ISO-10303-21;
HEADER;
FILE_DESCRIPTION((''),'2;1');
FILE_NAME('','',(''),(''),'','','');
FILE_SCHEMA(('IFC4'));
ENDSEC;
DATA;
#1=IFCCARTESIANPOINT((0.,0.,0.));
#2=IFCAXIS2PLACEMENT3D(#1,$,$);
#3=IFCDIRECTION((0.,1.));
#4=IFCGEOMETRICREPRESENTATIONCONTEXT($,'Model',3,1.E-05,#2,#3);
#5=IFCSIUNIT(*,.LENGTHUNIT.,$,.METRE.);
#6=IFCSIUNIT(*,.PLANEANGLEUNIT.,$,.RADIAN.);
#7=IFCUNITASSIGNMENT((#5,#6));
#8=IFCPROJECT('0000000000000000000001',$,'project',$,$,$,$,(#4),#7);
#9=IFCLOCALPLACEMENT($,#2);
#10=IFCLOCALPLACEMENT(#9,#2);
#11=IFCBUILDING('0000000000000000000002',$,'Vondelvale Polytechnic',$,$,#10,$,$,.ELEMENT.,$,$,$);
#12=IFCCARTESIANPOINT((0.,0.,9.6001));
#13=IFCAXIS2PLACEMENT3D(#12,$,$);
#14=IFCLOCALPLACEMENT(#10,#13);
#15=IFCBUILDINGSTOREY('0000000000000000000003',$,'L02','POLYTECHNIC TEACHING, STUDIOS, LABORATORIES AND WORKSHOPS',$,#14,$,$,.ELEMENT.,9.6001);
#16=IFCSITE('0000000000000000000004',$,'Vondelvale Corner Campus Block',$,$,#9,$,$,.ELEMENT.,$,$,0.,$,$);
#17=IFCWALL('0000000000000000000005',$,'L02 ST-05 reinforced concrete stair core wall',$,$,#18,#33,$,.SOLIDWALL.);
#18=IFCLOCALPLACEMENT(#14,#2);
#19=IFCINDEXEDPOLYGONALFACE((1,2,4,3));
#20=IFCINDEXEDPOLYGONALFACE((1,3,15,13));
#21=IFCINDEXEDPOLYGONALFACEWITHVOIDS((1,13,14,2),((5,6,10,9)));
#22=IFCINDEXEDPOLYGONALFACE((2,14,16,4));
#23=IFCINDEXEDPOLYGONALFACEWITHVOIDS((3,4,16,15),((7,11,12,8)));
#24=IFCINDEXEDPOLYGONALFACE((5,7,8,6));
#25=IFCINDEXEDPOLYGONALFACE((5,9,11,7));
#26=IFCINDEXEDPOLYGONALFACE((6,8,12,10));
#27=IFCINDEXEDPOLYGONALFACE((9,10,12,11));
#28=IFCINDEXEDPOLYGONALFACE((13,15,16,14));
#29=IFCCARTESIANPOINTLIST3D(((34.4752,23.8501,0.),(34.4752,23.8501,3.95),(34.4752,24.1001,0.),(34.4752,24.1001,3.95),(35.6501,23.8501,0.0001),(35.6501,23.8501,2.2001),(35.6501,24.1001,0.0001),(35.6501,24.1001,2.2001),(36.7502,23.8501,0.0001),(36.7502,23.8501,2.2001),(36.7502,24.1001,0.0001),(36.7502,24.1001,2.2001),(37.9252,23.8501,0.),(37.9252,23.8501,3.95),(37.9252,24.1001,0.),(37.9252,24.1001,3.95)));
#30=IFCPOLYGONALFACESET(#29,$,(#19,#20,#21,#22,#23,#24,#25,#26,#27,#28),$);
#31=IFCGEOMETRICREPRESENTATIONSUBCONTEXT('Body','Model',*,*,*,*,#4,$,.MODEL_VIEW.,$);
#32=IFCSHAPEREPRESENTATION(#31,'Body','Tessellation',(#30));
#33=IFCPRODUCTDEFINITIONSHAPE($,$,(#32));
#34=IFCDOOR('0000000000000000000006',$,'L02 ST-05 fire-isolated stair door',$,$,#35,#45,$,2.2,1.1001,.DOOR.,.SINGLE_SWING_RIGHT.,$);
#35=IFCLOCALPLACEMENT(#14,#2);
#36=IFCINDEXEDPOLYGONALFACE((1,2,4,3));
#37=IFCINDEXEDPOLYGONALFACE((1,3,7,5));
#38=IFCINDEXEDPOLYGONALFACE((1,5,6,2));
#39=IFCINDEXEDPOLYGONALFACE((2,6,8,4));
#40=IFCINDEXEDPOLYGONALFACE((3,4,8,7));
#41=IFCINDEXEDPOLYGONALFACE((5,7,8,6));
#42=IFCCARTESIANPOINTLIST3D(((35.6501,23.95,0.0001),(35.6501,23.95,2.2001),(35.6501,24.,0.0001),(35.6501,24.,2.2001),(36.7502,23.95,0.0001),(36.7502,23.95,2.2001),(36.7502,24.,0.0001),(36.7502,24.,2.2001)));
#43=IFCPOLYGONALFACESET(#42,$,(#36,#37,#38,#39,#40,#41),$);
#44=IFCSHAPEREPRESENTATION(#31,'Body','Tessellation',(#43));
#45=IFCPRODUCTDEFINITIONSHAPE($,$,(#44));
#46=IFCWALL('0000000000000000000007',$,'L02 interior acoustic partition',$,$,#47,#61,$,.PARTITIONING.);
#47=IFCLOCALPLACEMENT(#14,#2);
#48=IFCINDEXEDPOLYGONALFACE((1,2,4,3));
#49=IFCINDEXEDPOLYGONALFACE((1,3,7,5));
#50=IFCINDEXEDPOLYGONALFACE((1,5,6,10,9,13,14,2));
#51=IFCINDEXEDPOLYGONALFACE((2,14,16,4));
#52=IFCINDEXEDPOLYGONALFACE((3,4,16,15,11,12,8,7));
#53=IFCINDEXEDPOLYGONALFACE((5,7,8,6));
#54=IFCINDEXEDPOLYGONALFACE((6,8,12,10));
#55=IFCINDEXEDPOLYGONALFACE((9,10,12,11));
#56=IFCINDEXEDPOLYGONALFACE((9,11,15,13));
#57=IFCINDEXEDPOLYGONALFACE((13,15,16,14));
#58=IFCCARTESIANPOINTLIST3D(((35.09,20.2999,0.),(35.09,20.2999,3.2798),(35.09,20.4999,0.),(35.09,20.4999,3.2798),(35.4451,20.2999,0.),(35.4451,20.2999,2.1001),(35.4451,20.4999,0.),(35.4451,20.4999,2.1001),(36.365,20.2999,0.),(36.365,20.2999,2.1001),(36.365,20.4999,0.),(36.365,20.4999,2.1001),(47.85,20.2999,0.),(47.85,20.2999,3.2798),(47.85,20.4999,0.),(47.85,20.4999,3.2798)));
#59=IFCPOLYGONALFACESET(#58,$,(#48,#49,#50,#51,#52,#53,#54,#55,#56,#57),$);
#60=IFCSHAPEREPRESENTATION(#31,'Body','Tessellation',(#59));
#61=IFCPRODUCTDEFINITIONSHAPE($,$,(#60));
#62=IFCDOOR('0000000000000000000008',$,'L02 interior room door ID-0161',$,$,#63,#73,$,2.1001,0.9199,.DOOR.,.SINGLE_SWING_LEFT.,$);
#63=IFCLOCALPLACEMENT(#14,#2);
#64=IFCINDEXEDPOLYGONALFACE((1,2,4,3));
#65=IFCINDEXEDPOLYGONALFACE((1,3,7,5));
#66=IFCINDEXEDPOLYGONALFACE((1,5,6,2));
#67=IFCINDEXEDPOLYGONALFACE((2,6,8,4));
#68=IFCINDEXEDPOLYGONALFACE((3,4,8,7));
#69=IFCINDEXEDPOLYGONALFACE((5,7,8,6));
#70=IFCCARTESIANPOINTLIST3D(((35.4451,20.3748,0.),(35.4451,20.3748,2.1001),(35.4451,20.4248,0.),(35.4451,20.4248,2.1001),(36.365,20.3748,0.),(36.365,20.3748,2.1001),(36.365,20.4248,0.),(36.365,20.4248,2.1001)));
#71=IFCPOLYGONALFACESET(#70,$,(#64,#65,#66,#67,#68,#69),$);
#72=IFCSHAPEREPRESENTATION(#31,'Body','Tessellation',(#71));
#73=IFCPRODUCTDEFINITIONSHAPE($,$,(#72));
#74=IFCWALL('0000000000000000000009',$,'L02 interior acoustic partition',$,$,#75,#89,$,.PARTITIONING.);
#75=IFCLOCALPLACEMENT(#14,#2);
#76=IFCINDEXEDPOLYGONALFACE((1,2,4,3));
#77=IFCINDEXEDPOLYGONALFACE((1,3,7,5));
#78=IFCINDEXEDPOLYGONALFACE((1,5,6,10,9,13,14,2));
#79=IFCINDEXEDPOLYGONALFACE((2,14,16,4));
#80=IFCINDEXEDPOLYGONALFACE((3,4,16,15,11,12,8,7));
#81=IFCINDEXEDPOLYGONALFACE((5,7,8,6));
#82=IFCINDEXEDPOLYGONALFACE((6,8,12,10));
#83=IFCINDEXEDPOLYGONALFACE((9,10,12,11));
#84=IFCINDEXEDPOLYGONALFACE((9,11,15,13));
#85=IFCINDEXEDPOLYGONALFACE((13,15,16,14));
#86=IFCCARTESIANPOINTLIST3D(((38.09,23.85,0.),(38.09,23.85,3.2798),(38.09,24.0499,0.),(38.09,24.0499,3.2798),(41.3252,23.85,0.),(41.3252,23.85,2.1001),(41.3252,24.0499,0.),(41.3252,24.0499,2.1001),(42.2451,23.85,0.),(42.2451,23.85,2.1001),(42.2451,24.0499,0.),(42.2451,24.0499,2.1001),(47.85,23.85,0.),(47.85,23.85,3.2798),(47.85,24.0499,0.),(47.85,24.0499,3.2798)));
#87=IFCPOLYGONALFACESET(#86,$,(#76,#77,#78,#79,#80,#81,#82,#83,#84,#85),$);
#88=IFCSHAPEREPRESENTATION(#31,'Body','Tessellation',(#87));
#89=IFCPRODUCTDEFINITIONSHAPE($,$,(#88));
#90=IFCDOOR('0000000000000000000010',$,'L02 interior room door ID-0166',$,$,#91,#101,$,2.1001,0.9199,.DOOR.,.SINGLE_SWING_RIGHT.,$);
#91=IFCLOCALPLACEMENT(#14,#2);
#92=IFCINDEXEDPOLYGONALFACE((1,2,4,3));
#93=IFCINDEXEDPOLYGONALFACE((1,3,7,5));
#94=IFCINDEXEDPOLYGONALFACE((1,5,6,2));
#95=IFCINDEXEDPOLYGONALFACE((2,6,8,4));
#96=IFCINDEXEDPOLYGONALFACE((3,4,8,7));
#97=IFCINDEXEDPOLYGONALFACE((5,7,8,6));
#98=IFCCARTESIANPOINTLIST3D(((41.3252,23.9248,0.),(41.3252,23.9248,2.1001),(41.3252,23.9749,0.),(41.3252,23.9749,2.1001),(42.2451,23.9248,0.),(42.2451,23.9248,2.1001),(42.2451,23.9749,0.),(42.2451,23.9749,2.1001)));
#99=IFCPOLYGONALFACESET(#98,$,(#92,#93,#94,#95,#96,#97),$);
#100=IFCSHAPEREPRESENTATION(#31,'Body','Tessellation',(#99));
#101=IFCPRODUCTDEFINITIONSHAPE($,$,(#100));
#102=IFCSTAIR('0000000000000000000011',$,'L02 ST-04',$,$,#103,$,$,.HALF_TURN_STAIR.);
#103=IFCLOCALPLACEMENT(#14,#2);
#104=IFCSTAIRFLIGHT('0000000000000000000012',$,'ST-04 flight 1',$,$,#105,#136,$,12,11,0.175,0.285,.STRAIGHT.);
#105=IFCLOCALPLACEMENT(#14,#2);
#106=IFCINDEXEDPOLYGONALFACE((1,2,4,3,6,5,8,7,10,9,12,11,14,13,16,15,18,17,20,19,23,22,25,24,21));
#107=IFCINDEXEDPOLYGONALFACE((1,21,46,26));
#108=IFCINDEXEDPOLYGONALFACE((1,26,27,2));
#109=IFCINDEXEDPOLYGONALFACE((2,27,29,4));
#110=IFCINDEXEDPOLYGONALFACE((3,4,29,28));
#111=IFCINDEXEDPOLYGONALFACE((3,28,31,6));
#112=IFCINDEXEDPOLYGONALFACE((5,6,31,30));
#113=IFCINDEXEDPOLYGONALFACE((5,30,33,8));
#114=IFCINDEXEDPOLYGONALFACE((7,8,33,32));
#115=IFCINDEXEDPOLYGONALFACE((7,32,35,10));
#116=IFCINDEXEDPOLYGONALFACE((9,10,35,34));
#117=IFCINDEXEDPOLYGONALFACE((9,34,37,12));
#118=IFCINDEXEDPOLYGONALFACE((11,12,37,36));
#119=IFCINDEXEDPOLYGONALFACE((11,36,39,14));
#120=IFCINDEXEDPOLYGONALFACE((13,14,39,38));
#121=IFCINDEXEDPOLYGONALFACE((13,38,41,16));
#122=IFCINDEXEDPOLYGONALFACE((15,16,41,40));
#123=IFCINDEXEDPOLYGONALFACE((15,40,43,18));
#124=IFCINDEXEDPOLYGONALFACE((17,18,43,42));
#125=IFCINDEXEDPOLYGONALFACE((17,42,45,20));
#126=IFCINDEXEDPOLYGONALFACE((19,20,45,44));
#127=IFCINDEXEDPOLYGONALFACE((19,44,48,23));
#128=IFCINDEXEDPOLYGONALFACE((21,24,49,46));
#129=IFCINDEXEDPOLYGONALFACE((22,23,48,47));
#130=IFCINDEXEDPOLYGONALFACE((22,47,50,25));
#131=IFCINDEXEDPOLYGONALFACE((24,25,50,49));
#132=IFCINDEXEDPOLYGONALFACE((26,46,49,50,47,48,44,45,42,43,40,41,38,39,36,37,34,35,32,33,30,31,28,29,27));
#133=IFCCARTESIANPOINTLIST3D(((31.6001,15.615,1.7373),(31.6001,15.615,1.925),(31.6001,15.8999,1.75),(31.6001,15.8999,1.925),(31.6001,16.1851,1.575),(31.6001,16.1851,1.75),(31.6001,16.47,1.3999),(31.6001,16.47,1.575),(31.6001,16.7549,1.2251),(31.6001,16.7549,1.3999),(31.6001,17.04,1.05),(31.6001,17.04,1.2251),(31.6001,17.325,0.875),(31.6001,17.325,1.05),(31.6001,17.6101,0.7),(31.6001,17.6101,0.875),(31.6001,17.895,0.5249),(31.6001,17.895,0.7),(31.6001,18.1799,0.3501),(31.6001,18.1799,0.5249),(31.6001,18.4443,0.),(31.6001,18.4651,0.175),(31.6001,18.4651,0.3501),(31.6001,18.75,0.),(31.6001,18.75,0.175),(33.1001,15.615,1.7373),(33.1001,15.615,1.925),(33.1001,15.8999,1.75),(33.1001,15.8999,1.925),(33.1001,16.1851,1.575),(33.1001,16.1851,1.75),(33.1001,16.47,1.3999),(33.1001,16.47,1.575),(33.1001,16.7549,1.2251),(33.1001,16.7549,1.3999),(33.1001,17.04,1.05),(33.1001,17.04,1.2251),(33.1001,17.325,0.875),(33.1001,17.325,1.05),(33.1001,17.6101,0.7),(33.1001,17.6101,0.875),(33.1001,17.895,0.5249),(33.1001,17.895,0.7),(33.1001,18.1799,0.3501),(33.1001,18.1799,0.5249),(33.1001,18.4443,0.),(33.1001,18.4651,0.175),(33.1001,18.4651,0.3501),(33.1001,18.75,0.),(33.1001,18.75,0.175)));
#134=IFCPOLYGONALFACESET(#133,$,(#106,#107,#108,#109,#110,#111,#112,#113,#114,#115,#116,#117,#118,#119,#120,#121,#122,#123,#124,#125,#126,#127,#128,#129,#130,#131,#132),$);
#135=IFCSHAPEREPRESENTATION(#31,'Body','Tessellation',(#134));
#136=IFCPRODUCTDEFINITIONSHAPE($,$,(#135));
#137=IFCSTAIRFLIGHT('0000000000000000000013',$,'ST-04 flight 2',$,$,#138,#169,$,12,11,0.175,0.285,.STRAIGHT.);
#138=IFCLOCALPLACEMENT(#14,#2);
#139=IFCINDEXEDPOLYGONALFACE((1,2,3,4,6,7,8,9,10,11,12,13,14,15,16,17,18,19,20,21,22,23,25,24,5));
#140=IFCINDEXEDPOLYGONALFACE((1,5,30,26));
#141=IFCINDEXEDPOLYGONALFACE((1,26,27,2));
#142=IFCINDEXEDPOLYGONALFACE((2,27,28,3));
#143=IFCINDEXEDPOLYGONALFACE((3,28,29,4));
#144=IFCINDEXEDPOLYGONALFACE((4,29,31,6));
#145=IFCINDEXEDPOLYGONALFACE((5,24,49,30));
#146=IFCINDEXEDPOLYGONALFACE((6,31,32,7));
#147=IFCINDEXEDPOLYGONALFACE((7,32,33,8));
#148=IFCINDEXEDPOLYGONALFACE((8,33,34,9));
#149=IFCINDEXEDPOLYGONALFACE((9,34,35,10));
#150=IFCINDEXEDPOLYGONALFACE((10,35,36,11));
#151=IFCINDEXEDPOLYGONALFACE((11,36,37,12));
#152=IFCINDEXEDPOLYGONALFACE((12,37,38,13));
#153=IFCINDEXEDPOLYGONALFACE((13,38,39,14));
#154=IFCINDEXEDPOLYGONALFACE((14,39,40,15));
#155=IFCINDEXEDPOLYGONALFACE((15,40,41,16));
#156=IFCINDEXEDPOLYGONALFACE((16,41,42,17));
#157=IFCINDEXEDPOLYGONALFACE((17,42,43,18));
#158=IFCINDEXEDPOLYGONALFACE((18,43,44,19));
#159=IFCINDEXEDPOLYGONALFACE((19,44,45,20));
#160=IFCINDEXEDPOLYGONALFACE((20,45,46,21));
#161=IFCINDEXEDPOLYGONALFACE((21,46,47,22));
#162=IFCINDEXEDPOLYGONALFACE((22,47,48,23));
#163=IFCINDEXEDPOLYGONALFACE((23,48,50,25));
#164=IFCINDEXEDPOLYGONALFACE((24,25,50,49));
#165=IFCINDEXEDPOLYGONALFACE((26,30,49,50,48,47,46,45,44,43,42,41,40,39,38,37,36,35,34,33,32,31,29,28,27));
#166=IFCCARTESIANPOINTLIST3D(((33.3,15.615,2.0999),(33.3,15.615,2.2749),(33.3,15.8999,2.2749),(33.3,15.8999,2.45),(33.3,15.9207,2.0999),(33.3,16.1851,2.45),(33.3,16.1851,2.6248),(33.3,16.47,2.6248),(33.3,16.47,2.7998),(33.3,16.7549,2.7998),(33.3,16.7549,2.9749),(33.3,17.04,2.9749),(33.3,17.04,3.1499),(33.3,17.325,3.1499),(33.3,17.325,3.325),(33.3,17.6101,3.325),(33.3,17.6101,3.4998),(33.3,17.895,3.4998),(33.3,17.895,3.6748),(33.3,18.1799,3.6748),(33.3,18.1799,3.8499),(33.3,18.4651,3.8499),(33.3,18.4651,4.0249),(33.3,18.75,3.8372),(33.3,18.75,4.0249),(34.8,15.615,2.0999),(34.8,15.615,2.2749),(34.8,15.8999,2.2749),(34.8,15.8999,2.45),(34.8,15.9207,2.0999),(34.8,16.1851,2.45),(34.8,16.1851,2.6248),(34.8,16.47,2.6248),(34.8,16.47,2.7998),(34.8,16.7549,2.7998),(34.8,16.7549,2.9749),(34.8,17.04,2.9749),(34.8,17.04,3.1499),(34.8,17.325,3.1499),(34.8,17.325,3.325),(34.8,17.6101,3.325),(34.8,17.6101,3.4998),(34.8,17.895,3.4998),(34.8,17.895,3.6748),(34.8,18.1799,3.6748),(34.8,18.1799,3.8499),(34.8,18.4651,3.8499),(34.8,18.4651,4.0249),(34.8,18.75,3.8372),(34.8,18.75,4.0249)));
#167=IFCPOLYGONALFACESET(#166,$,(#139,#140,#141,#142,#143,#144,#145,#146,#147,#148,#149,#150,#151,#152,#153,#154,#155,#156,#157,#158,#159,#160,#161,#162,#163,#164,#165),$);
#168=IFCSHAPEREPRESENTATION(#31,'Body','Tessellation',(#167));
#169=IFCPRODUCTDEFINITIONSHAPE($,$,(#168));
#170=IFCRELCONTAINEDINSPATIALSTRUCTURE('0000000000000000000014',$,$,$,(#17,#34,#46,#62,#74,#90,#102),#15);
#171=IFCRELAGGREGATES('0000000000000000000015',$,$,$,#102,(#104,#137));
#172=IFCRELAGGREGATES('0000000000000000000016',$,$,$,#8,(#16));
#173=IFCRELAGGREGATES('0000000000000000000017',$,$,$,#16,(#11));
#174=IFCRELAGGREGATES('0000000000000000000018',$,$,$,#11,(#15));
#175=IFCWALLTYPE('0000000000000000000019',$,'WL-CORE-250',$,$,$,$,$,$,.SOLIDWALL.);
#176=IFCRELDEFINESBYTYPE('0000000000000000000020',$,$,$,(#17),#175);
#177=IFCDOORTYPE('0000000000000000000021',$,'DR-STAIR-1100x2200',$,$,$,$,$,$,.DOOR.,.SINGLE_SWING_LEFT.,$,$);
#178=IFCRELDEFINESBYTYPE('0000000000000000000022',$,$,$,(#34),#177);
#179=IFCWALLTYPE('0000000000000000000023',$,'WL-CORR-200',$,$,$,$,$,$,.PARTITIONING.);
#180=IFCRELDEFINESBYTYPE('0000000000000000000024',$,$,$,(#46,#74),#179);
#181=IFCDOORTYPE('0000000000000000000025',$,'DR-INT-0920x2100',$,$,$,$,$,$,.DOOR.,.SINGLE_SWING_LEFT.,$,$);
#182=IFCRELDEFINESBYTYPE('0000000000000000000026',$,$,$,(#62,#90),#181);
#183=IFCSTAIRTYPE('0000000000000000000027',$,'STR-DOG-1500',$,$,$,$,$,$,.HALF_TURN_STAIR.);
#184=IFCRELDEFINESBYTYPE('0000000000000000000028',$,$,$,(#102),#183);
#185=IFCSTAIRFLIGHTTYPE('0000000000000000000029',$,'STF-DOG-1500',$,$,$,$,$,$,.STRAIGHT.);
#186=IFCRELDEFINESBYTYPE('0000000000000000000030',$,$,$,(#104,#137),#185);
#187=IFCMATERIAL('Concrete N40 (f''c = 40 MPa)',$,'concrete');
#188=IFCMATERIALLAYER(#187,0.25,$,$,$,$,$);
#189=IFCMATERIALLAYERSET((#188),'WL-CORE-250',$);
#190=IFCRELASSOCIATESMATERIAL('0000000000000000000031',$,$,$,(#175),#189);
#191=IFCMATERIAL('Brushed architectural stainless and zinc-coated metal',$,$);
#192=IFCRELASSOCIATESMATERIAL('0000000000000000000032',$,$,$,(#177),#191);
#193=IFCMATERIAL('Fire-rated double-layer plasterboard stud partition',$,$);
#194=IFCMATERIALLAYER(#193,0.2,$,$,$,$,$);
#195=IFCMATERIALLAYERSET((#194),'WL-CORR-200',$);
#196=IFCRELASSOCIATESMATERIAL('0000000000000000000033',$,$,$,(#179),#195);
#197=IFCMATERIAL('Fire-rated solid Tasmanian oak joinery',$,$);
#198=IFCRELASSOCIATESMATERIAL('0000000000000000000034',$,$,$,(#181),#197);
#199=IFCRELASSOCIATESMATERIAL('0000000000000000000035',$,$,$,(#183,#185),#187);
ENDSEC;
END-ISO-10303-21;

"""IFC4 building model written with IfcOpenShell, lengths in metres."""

from ifc_helpers import new_model, si_unit, direction, frame, frame_2d, origin, place, context, subcontext, project, spatial, polyline, rectangle, outline, extrude, material, layer, layer_set, type_object, element, fill, aggregate, save


model = new_model("IFC4")

# Units and contexts
model_context = context("Model", 3, precision=1e-05, world=origin(), true_north=direction((0.0, 1.0)))
body_context = subcontext(model_context, "Body", "Model", "MODEL_VIEW")
ifc_project = project(units=[si_unit("LENGTHUNIT", "METRE"), si_unit("PLANEANGLEUNIT", "RADIAN")], contexts=[model_context])

# Site, building, storey
site_placement = place(None, origin())
site = spatial("IfcSite", under=ifc_project, at=site_placement, Name="Vondelvale Corner Campus Block", CompositionType="ELEMENT", RefElevation=0.0)
building_placement = place(site_placement, origin())
building = spatial("IfcBuilding", under=site, at=building_placement, Name="Vondelvale Polytechnic", CompositionType="ELEMENT")
storey_placement = place(building_placement, frame((0.0, 0.0, 9.6001)))
storey = spatial("IfcBuildingStorey", under=building, at=storey_placement, Name="L02", Description="POLYTECHNIC TEACHING, STUDIOS, LABORATORIES AND WORKSHOPS", CompositionType="ELEMENT", Elevation=9.6001)

# Shared definitions
ifc_material_1 = material(Name="Concrete N40 (f'c = 40 MPa)", Category="concrete")

# Shared definitions
ifc_layer_1 = layer(ifc_material_1, 0.25)
ifc_layer_set_1 = layer_set([ifc_layer_1], Name="WL-CORE-250")
wall_type_1 = type_object("IfcWallType", Name="WL-CORE-250", PredefinedType="SOLIDWALL", material=ifc_layer_set_1)

# Shared definitions
ifc_material_2 = material(Name="Brushed architectural stainless and zinc-coated metal")
door_type_1 = type_object("IfcDoorType", Name="DR-STAIR-1100x2200", OperationType="SINGLE_SWING_LEFT", PredefinedType="DOOR", material=ifc_material_2)

# Walls, openings, doors
wall_1_placement = place(storey_placement, frame((34.4751, 23.9751, 0.0), z_axis=(0.0, 0.0, 1.0), x_axis=(1.0, 0.0, 0.0)))
wall_1 = element("IfcWall", 1, at=wall_1_placement, inside=storey, type_object=wall_type_1, Name="L02 ST-05 reinforced concrete stair core wall", PredefinedType="SOLIDWALL", context=body_context, shape_type="SweptSolid", body=[
    extrude(rectangle(XDim=3.45, YDim=0.25, at=frame_2d((1.7251, 0.0))), origin(), (0.0, 0.0, 1.0), 3.95),
])
opening_1_placement = place(wall_1_placement, frame((1.175, 0.0, 0.0)))
opening_1 = element("IfcOpeningElement", 2, at=opening_1_placement, cuts=wall_1, PredefinedType="OPENING", context=body_context, shape_type="SweptSolid", body=[
    extrude(rectangle(XDim=1.1001, YDim=2.2, at=frame_2d((0.55, 1.1001))), frame((0.0, 0.135, 0.0), z_axis=(0.0, -1.0, 0.0), x_axis=(1.0, 0.0, 0.0)), (0.0, 0.0, 1.0), 0.27),
])
door_1_placement = place(opening_1_placement, origin())
door_1 = element("IfcDoor", 3, at=door_1_placement, inside=storey, type_object=door_type_1, Name="L02 ST-05 fire-isolated stair door", OperationType="SINGLE_SWING_RIGHT", OverallHeight=2.2, OverallWidth=1.1001, PredefinedType="DOOR", context=body_context, shape_type="SweptSolid", body=[
    extrude(rectangle(XDim=1.1001, YDim=2.2, at=frame_2d((0.55, 1.1001))), frame((0.0, 0.0249, 0.0), z_axis=(0.0, -1.0, 0.0), x_axis=(1.0, 0.0, 0.0)), (0.0, 0.0, 1.0), 0.05),
])
fill(opening_1, door_1)
ifc_material_3 = material(Name="Fire-rated double-layer plasterboard stud partition")
ifc_layer_2 = layer(ifc_material_3, 0.2)
ifc_layer_set_2 = layer_set([ifc_layer_2], Name="WL-CORR-200")
wall_type_2 = type_object("IfcWallType", Name="WL-CORR-200", PredefinedType="PARTITIONING", material=ifc_layer_set_2)
wall_2_placement = place(storey_placement, frame((35.0901, 20.3999, 0.0), z_axis=(0.0, 0.0, 1.0), x_axis=(1.0, 0.0, 0.0)))
wall_2 = element("IfcWall", 4, at=wall_2_placement, inside=storey, type_object=wall_type_2, Name="L02 interior acoustic partition", PredefinedType="PARTITIONING", context=body_context, shape_type="SweptSolid", body=[
    extrude(rectangle(XDim=12.76, YDim=0.2, at=frame_2d((6.3799, 0.0))), origin(), (0.0, 0.0, 1.0), 3.2798),
])
opening_2_placement = place(wall_2_placement, frame((0.355, 0.0, 0.0)))
opening_2 = element("IfcOpeningElement", 5, at=opening_2_placement, cuts=wall_2, PredefinedType="OPENING", context=body_context, shape_type="SweptSolid", body=[
    extrude(rectangle(XDim=0.9199, YDim=2.1001, at=frame_2d((0.46, 1.05))), frame((0.0, 0.1099, 0.0), z_axis=(0.0, -1.0, 0.0), x_axis=(1.0, 0.0, 0.0)), (0.0, 0.0, 1.0), 0.22),
])
ifc_material_4 = material(Name="Fire-rated solid Tasmanian oak joinery")
door_type_2 = type_object("IfcDoorType", Name="DR-INT-0920x2100", OperationType="SINGLE_SWING_LEFT", PredefinedType="DOOR", material=ifc_material_4)
door_2_placement = place(opening_2_placement, origin())
door_2 = element("IfcDoor", 6, at=door_2_placement, inside=storey, type_object=door_type_2, Name="L02 interior room door ID-0161", OperationType="SINGLE_SWING_LEFT", OverallHeight=2.1001, OverallWidth=0.9199, PredefinedType="DOOR", context=body_context, shape_type="SweptSolid", body=[
    extrude(rectangle(XDim=0.9199, YDim=2.1001, at=frame_2d((0.46, 1.05))), frame((0.0, 0.0249, 0.0), z_axis=(0.0, -1.0, 0.0), x_axis=(1.0, 0.0, 0.0)), (0.0, 0.0, 1.0), 0.05),
])
fill(opening_2, door_2)
wall_3_placement = place(storey_placement, frame((38.0901, 23.95, 0.0), z_axis=(0.0, 0.0, 1.0), x_axis=(1.0, 0.0, 0.0)))
wall_3 = element("IfcWall", 7, at=wall_3_placement, inside=storey, type_object=wall_type_2, Name="L02 interior acoustic partition", PredefinedType="PARTITIONING", context=body_context, shape_type="SweptSolid", body=[
    extrude(rectangle(XDim=9.76, YDim=0.2, at=frame_2d((4.8799, 0.0))), origin(), (0.0, 0.0, 1.0), 3.2798),
])
opening_3_placement = place(wall_3_placement, frame((3.2351, 0.0, 0.0)))
opening_3 = element("IfcOpeningElement", 8, at=opening_3_placement, cuts=wall_3, PredefinedType="OPENING", context=body_context, shape_type="SweptSolid", body=[
    extrude(rectangle(XDim=0.9199, YDim=2.1001, at=frame_2d((0.46, 1.05))), frame((0.0, 0.1099, 0.0), z_axis=(0.0, -1.0, 0.0), x_axis=(1.0, 0.0, 0.0)), (0.0, 0.0, 1.0), 0.22),
])
door_3_placement = place(opening_3_placement, origin())
door_3 = element("IfcDoor", 9, at=door_3_placement, inside=storey, type_object=door_type_2, Name="L02 interior room door ID-0166", OperationType="SINGLE_SWING_RIGHT", OverallHeight=2.1001, OverallWidth=0.9199, PredefinedType="DOOR", context=body_context, shape_type="SweptSolid", body=[
    extrude(rectangle(XDim=0.9199, YDim=2.1001, at=frame_2d((0.46, 1.05))), frame((0.0, 0.0249, 0.0), z_axis=(0.0, -1.0, 0.0), x_axis=(1.0, 0.0, 0.0)), (0.0, 0.0, 1.0), 0.05),
])
fill(opening_3, door_3)

# Stair, stair flights
stair_type = type_object("IfcStairType", Name="STR-DOG-1500", PredefinedType="HALF_TURN_STAIR", material=ifc_material_1)
stair_placement = place(storey_placement, origin())
stair = element("IfcStair", 10, at=stair_placement, inside=storey, type_object=stair_type, Name="L02 ST-04", PredefinedType="HALF_TURN_STAIR")
stair_flight_type = type_object("IfcStairFlightType", Name="STF-DOG-1500", PredefinedType="STRAIGHT", material=ifc_material_1)
stair_flight_1_placement = place(storey_placement, frame((32.3501, 18.75, 0.0), z_axis=(0.0, 0.0, 1.0), x_axis=(0.0, -1.0, 0.0)))
stair_flight_1 = element("IfcStairFlight", 11, at=stair_flight_1_placement, type_object=stair_flight_type, Name="ST-04 flight 1", NumberOfRisers=12, NumberOfTreads=11, PredefinedType="STRAIGHT", RiserHeight=0.175, TreadLength=0.285, context=body_context, shape_type="SweptSolid", body=[
    extrude(outline(polyline([(0.0, 0.0), (0.0, 0.175), (0.2849, 0.175), (0.2849, 0.3501), (0.5701, 0.3501), (0.5701, 0.5249), (0.855, 0.5249), (0.855, 0.7), (1.1399, 0.7), (1.1399, 0.875), (1.425, 0.875), (1.425, 1.05), (1.71, 1.05), (1.71, 1.2251), (1.9951, 1.2251), (1.9951, 1.3999), (2.28, 1.3999), (2.28, 1.575), (2.5649, 1.575), (2.5649, 1.75), (2.8501, 1.75), (2.8501, 1.925), (3.135, 1.925), (3.135, 2.1001), (3.135, 1.7373), (0.3057, 0.0), (0.0, 0.0)])), frame((0.0, 0.75, 0.0), z_axis=(0.0, -1.0, 0.0), x_axis=(1.0, 0.0, 0.0)), (0.0, 0.0, 1.0), 1.5),
])
stair_flight_2_placement = place(storey_placement, frame((34.05, 15.615, 2.0999), z_axis=(0.0, 0.0, 1.0), x_axis=(0.0, 1.0, 0.0)))
stair_flight_2 = element("IfcStairFlight", 12, at=stair_flight_2_placement, type_object=stair_flight_type, Name="ST-04 flight 2", NumberOfRisers=12, NumberOfTreads=11, PredefinedType="STRAIGHT", RiserHeight=0.175, TreadLength=0.285, context=body_context, shape_type="SweptSolid", body=[
    extrude(outline(polyline([(0.0, 0.0), (0.0, 0.175), (0.2849, 0.175), (0.2849, 0.3501), (0.5701, 0.3501), (0.5701, 0.5249), (0.855, 0.5249), (0.855, 0.7), (1.1399, 0.7), (1.1399, 0.875), (1.425, 0.875), (1.425, 1.05), (1.71, 1.05), (1.71, 1.2251), (1.9951, 1.2251), (1.9951, 1.3999), (2.28, 1.3999), (2.28, 1.575), (2.5649, 1.575), (2.5649, 1.75), (2.8501, 1.75), (2.8501, 1.925), (3.135, 1.925), (3.135, 2.1001), (3.135, 1.7373), (0.3057, 0.0), (0.0, 0.0)])), frame((0.0, 0.75, 0.0), z_axis=(0.0, -1.0, 0.0), x_axis=(1.0, 0.0, 0.0)), (0.0, 0.0, 1.0), 1.5),
])
aggregate(stair, [stair_flight_1, stair_flight_2])

save(model, "model.ifc")
